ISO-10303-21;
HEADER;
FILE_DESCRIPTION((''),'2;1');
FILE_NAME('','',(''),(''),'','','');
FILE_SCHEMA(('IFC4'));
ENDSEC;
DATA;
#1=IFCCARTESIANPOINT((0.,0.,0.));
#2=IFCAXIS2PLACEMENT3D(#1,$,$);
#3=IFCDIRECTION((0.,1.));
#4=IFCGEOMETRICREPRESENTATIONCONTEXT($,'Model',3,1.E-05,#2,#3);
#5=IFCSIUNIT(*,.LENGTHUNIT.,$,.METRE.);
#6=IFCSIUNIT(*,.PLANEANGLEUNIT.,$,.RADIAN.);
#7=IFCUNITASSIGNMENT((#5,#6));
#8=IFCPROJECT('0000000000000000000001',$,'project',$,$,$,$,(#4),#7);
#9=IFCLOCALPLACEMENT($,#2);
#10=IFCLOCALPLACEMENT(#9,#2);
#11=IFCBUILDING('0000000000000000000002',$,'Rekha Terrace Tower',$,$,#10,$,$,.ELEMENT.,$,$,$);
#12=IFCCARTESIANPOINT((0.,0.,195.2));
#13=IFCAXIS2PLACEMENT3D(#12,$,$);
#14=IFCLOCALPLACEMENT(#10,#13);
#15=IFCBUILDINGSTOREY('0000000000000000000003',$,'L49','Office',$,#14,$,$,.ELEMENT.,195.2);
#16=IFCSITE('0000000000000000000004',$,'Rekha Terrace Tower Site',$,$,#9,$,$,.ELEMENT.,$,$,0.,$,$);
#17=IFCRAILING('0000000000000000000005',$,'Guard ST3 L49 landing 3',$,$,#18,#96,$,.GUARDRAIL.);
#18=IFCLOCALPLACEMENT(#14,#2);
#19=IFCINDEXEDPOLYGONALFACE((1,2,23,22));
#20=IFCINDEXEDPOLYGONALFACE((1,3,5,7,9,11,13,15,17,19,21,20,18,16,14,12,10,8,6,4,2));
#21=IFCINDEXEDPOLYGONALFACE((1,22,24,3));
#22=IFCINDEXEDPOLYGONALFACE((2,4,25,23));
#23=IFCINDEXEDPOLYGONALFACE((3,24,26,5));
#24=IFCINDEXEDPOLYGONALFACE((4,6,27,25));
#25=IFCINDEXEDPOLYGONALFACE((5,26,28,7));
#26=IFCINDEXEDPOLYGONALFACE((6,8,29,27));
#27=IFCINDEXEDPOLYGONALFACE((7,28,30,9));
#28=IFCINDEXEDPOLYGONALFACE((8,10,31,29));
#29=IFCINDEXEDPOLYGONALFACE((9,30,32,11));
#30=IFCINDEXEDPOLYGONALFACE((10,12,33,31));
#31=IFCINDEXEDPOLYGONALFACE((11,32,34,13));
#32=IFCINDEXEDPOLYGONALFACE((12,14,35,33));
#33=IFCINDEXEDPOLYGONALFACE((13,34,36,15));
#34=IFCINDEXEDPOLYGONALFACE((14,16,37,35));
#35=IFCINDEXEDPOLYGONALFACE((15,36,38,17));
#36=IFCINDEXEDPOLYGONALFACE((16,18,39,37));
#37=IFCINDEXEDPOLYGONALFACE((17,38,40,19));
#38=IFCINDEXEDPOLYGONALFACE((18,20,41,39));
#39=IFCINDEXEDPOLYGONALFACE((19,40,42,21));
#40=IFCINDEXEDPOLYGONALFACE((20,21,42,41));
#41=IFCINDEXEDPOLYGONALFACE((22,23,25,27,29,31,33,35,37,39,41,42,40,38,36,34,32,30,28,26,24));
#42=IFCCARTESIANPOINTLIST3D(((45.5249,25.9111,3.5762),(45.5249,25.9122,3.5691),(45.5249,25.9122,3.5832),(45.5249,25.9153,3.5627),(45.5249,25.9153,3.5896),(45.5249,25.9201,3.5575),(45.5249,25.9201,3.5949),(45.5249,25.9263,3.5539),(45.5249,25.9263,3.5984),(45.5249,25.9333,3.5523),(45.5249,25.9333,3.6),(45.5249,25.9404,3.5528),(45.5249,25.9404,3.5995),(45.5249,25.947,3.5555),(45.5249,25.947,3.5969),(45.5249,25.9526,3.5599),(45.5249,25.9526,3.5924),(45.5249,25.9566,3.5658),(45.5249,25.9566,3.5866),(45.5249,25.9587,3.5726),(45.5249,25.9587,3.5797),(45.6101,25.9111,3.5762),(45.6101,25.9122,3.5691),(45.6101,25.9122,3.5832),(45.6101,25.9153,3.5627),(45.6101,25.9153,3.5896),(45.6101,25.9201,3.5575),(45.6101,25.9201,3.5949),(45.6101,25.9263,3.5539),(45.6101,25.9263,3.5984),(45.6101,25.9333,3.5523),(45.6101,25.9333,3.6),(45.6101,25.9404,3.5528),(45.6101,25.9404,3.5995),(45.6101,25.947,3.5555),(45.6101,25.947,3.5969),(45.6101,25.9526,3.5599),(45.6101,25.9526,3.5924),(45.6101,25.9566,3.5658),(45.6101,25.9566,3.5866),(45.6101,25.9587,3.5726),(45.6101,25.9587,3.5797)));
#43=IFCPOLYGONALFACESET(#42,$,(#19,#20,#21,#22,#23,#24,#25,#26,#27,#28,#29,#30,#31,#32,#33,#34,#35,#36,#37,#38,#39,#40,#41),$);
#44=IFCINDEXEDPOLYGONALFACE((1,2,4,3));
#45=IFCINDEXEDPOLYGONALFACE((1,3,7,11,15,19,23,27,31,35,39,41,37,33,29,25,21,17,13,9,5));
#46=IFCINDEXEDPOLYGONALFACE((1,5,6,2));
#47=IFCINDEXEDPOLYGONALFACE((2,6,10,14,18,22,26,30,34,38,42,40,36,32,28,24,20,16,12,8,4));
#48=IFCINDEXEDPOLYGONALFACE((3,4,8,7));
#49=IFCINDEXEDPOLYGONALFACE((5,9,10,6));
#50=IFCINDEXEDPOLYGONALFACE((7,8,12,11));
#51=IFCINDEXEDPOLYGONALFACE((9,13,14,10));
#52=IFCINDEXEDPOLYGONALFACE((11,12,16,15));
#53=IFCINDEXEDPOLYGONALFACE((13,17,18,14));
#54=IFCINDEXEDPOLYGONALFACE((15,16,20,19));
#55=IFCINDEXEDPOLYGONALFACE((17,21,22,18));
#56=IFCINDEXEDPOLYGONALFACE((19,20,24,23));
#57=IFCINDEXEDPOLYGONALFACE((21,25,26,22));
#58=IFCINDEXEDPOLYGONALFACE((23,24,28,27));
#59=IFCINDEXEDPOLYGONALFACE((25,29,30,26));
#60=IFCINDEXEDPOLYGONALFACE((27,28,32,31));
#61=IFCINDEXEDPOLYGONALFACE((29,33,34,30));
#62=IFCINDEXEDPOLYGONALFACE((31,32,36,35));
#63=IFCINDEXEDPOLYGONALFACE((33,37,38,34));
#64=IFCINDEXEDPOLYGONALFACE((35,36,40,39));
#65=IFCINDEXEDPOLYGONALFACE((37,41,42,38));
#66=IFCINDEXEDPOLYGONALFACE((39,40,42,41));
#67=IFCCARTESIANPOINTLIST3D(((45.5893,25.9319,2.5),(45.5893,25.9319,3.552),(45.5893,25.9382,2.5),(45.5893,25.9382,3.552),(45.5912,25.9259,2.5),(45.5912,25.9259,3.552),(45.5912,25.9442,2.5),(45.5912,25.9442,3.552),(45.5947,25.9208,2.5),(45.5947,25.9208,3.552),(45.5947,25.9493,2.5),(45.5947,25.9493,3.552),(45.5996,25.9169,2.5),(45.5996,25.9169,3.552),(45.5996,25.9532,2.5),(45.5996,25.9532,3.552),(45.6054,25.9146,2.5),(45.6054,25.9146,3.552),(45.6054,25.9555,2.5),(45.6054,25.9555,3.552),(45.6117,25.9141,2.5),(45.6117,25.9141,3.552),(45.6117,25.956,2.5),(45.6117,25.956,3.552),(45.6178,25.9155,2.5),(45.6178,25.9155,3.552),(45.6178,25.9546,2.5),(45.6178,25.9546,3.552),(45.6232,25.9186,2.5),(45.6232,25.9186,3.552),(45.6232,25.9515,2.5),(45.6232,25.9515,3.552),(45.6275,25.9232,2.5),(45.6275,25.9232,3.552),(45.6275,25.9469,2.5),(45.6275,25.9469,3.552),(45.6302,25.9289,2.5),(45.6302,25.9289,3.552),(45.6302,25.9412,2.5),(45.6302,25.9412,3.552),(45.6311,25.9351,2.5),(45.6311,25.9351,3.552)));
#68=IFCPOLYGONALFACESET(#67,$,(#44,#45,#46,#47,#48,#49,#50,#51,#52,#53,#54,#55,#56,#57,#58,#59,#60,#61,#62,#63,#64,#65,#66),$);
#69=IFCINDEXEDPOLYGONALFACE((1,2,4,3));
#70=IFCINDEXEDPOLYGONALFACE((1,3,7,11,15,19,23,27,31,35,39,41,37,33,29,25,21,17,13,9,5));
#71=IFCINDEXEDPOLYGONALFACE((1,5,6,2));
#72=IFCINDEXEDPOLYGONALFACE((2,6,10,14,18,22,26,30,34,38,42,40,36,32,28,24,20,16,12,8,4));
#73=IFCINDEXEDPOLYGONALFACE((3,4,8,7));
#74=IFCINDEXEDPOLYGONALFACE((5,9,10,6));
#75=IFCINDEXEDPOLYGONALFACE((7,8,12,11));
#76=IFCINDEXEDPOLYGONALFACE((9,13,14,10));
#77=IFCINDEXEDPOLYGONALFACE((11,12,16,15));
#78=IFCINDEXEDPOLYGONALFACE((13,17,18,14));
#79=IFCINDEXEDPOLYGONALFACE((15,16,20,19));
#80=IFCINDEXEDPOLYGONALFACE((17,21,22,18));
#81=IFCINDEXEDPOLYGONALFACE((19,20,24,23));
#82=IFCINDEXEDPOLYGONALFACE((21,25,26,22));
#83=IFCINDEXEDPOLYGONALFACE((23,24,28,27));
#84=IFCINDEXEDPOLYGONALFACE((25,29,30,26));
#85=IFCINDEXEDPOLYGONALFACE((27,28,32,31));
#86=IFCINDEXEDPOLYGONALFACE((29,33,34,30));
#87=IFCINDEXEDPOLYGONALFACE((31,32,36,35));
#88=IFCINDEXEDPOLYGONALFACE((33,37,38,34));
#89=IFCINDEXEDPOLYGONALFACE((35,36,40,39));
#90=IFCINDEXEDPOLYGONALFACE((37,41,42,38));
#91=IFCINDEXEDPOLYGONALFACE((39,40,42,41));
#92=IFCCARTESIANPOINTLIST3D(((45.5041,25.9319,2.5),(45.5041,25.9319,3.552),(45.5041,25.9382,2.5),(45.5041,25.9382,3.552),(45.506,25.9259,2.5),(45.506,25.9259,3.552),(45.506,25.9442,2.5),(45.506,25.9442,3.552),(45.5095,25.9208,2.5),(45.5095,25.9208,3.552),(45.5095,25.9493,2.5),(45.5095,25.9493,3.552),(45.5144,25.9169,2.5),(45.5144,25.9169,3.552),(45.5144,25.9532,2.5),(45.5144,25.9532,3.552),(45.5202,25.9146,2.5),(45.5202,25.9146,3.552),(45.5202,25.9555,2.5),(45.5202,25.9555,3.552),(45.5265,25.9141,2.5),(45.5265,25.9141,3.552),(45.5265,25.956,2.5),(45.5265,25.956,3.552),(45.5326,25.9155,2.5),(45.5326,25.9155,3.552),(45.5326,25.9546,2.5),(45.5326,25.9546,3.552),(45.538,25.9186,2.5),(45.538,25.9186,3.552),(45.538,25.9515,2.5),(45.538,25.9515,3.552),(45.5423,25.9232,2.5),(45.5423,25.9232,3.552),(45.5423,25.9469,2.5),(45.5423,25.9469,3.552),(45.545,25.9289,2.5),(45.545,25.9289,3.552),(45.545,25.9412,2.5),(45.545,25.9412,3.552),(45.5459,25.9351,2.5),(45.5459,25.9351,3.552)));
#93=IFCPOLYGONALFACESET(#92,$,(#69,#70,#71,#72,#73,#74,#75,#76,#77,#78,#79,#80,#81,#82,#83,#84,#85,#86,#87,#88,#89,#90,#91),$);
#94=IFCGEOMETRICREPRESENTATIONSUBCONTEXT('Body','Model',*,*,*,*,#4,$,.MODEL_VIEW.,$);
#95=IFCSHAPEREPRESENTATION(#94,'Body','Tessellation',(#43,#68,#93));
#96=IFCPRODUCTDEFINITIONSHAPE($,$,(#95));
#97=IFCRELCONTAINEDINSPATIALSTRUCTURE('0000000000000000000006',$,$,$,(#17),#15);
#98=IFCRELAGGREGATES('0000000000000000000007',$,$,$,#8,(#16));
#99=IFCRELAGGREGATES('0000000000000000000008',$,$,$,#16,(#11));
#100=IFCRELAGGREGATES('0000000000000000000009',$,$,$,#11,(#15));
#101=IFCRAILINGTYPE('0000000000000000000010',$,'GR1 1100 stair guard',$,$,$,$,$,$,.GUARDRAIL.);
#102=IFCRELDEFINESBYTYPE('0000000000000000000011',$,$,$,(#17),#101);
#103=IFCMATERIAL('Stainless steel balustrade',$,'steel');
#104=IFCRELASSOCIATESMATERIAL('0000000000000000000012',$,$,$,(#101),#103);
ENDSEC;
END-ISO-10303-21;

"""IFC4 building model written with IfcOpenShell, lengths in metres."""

from ifc_helpers import new_model, si_unit, direction, frame, origin, origin_2d, place, context, subcontext, project, spatial, circle, extrude, material, type_object, element, save


model = new_model("IFC4")

# Units and contexts
model_context = context("Model", 3, precision=1e-05, world=origin(), true_north=direction((0.0, 1.0)))
body_context = subcontext(model_context, "Body", "Model", "MODEL_VIEW")
ifc_project = project(units=[si_unit("LENGTHUNIT", "METRE"), si_unit("PLANEANGLEUNIT", "RADIAN")], contexts=[model_context])

# Site, building, storey
site_placement = place(None, origin())
site = spatial("IfcSite", under=ifc_project, at=site_placement, Name="Rekha Terrace Tower Site", CompositionType="ELEMENT", RefElevation=0.0)
building_placement = place(site_placement, origin())
building = spatial("IfcBuilding", under=site, at=building_placement, Name="Rekha Terrace Tower", CompositionType="ELEMENT")
storey_placement = place(building_placement, frame((0.0, 0.0, 195.2)))
storey = spatial("IfcBuildingStorey", under=building, at=storey_placement, Name="L49", Description="Office", CompositionType="ELEMENT", Elevation=195.2)

# Railing
ifc_material_1 = material(Name="Stainless steel balustrade", Category="steel")
railing_type_1 = type_object("IfcRailingType", Name="GR1 1100 stair guard", PredefinedType="GUARDRAIL", material=ifc_material_1)
railing_1_placement = place(storey_placement, frame((45.6101, 25.9351, 2.5)))
element("IfcRailing", 1, at=railing_1_placement, inside=storey, type_object=railing_type_1, Name="Guard ST3 L49 landing 3", PredefinedType="GUARDRAIL", context=body_context, shape_type="SweptSolid", body=[
    extrude(circle(Radius=0.0239, at=origin_2d()), frame((0.0, 0.0, 1.0762), z_axis=(-1.0, 0.0, 0.0), x_axis=(0.0, -1.0, 0.0)), (0.0, 0.0, 1.0), 0.0852),
    extrude(circle(Radius=0.021, at=origin_2d()), origin(), (0.0, 0.0, 1.0), 1.052),
    extrude(circle(Radius=0.021, at=origin_2d()), frame((-0.0852, 0.0, 0.0)), (0.0, 0.0, 1.0), 1.052),
])

save(model, "model.ifc")
